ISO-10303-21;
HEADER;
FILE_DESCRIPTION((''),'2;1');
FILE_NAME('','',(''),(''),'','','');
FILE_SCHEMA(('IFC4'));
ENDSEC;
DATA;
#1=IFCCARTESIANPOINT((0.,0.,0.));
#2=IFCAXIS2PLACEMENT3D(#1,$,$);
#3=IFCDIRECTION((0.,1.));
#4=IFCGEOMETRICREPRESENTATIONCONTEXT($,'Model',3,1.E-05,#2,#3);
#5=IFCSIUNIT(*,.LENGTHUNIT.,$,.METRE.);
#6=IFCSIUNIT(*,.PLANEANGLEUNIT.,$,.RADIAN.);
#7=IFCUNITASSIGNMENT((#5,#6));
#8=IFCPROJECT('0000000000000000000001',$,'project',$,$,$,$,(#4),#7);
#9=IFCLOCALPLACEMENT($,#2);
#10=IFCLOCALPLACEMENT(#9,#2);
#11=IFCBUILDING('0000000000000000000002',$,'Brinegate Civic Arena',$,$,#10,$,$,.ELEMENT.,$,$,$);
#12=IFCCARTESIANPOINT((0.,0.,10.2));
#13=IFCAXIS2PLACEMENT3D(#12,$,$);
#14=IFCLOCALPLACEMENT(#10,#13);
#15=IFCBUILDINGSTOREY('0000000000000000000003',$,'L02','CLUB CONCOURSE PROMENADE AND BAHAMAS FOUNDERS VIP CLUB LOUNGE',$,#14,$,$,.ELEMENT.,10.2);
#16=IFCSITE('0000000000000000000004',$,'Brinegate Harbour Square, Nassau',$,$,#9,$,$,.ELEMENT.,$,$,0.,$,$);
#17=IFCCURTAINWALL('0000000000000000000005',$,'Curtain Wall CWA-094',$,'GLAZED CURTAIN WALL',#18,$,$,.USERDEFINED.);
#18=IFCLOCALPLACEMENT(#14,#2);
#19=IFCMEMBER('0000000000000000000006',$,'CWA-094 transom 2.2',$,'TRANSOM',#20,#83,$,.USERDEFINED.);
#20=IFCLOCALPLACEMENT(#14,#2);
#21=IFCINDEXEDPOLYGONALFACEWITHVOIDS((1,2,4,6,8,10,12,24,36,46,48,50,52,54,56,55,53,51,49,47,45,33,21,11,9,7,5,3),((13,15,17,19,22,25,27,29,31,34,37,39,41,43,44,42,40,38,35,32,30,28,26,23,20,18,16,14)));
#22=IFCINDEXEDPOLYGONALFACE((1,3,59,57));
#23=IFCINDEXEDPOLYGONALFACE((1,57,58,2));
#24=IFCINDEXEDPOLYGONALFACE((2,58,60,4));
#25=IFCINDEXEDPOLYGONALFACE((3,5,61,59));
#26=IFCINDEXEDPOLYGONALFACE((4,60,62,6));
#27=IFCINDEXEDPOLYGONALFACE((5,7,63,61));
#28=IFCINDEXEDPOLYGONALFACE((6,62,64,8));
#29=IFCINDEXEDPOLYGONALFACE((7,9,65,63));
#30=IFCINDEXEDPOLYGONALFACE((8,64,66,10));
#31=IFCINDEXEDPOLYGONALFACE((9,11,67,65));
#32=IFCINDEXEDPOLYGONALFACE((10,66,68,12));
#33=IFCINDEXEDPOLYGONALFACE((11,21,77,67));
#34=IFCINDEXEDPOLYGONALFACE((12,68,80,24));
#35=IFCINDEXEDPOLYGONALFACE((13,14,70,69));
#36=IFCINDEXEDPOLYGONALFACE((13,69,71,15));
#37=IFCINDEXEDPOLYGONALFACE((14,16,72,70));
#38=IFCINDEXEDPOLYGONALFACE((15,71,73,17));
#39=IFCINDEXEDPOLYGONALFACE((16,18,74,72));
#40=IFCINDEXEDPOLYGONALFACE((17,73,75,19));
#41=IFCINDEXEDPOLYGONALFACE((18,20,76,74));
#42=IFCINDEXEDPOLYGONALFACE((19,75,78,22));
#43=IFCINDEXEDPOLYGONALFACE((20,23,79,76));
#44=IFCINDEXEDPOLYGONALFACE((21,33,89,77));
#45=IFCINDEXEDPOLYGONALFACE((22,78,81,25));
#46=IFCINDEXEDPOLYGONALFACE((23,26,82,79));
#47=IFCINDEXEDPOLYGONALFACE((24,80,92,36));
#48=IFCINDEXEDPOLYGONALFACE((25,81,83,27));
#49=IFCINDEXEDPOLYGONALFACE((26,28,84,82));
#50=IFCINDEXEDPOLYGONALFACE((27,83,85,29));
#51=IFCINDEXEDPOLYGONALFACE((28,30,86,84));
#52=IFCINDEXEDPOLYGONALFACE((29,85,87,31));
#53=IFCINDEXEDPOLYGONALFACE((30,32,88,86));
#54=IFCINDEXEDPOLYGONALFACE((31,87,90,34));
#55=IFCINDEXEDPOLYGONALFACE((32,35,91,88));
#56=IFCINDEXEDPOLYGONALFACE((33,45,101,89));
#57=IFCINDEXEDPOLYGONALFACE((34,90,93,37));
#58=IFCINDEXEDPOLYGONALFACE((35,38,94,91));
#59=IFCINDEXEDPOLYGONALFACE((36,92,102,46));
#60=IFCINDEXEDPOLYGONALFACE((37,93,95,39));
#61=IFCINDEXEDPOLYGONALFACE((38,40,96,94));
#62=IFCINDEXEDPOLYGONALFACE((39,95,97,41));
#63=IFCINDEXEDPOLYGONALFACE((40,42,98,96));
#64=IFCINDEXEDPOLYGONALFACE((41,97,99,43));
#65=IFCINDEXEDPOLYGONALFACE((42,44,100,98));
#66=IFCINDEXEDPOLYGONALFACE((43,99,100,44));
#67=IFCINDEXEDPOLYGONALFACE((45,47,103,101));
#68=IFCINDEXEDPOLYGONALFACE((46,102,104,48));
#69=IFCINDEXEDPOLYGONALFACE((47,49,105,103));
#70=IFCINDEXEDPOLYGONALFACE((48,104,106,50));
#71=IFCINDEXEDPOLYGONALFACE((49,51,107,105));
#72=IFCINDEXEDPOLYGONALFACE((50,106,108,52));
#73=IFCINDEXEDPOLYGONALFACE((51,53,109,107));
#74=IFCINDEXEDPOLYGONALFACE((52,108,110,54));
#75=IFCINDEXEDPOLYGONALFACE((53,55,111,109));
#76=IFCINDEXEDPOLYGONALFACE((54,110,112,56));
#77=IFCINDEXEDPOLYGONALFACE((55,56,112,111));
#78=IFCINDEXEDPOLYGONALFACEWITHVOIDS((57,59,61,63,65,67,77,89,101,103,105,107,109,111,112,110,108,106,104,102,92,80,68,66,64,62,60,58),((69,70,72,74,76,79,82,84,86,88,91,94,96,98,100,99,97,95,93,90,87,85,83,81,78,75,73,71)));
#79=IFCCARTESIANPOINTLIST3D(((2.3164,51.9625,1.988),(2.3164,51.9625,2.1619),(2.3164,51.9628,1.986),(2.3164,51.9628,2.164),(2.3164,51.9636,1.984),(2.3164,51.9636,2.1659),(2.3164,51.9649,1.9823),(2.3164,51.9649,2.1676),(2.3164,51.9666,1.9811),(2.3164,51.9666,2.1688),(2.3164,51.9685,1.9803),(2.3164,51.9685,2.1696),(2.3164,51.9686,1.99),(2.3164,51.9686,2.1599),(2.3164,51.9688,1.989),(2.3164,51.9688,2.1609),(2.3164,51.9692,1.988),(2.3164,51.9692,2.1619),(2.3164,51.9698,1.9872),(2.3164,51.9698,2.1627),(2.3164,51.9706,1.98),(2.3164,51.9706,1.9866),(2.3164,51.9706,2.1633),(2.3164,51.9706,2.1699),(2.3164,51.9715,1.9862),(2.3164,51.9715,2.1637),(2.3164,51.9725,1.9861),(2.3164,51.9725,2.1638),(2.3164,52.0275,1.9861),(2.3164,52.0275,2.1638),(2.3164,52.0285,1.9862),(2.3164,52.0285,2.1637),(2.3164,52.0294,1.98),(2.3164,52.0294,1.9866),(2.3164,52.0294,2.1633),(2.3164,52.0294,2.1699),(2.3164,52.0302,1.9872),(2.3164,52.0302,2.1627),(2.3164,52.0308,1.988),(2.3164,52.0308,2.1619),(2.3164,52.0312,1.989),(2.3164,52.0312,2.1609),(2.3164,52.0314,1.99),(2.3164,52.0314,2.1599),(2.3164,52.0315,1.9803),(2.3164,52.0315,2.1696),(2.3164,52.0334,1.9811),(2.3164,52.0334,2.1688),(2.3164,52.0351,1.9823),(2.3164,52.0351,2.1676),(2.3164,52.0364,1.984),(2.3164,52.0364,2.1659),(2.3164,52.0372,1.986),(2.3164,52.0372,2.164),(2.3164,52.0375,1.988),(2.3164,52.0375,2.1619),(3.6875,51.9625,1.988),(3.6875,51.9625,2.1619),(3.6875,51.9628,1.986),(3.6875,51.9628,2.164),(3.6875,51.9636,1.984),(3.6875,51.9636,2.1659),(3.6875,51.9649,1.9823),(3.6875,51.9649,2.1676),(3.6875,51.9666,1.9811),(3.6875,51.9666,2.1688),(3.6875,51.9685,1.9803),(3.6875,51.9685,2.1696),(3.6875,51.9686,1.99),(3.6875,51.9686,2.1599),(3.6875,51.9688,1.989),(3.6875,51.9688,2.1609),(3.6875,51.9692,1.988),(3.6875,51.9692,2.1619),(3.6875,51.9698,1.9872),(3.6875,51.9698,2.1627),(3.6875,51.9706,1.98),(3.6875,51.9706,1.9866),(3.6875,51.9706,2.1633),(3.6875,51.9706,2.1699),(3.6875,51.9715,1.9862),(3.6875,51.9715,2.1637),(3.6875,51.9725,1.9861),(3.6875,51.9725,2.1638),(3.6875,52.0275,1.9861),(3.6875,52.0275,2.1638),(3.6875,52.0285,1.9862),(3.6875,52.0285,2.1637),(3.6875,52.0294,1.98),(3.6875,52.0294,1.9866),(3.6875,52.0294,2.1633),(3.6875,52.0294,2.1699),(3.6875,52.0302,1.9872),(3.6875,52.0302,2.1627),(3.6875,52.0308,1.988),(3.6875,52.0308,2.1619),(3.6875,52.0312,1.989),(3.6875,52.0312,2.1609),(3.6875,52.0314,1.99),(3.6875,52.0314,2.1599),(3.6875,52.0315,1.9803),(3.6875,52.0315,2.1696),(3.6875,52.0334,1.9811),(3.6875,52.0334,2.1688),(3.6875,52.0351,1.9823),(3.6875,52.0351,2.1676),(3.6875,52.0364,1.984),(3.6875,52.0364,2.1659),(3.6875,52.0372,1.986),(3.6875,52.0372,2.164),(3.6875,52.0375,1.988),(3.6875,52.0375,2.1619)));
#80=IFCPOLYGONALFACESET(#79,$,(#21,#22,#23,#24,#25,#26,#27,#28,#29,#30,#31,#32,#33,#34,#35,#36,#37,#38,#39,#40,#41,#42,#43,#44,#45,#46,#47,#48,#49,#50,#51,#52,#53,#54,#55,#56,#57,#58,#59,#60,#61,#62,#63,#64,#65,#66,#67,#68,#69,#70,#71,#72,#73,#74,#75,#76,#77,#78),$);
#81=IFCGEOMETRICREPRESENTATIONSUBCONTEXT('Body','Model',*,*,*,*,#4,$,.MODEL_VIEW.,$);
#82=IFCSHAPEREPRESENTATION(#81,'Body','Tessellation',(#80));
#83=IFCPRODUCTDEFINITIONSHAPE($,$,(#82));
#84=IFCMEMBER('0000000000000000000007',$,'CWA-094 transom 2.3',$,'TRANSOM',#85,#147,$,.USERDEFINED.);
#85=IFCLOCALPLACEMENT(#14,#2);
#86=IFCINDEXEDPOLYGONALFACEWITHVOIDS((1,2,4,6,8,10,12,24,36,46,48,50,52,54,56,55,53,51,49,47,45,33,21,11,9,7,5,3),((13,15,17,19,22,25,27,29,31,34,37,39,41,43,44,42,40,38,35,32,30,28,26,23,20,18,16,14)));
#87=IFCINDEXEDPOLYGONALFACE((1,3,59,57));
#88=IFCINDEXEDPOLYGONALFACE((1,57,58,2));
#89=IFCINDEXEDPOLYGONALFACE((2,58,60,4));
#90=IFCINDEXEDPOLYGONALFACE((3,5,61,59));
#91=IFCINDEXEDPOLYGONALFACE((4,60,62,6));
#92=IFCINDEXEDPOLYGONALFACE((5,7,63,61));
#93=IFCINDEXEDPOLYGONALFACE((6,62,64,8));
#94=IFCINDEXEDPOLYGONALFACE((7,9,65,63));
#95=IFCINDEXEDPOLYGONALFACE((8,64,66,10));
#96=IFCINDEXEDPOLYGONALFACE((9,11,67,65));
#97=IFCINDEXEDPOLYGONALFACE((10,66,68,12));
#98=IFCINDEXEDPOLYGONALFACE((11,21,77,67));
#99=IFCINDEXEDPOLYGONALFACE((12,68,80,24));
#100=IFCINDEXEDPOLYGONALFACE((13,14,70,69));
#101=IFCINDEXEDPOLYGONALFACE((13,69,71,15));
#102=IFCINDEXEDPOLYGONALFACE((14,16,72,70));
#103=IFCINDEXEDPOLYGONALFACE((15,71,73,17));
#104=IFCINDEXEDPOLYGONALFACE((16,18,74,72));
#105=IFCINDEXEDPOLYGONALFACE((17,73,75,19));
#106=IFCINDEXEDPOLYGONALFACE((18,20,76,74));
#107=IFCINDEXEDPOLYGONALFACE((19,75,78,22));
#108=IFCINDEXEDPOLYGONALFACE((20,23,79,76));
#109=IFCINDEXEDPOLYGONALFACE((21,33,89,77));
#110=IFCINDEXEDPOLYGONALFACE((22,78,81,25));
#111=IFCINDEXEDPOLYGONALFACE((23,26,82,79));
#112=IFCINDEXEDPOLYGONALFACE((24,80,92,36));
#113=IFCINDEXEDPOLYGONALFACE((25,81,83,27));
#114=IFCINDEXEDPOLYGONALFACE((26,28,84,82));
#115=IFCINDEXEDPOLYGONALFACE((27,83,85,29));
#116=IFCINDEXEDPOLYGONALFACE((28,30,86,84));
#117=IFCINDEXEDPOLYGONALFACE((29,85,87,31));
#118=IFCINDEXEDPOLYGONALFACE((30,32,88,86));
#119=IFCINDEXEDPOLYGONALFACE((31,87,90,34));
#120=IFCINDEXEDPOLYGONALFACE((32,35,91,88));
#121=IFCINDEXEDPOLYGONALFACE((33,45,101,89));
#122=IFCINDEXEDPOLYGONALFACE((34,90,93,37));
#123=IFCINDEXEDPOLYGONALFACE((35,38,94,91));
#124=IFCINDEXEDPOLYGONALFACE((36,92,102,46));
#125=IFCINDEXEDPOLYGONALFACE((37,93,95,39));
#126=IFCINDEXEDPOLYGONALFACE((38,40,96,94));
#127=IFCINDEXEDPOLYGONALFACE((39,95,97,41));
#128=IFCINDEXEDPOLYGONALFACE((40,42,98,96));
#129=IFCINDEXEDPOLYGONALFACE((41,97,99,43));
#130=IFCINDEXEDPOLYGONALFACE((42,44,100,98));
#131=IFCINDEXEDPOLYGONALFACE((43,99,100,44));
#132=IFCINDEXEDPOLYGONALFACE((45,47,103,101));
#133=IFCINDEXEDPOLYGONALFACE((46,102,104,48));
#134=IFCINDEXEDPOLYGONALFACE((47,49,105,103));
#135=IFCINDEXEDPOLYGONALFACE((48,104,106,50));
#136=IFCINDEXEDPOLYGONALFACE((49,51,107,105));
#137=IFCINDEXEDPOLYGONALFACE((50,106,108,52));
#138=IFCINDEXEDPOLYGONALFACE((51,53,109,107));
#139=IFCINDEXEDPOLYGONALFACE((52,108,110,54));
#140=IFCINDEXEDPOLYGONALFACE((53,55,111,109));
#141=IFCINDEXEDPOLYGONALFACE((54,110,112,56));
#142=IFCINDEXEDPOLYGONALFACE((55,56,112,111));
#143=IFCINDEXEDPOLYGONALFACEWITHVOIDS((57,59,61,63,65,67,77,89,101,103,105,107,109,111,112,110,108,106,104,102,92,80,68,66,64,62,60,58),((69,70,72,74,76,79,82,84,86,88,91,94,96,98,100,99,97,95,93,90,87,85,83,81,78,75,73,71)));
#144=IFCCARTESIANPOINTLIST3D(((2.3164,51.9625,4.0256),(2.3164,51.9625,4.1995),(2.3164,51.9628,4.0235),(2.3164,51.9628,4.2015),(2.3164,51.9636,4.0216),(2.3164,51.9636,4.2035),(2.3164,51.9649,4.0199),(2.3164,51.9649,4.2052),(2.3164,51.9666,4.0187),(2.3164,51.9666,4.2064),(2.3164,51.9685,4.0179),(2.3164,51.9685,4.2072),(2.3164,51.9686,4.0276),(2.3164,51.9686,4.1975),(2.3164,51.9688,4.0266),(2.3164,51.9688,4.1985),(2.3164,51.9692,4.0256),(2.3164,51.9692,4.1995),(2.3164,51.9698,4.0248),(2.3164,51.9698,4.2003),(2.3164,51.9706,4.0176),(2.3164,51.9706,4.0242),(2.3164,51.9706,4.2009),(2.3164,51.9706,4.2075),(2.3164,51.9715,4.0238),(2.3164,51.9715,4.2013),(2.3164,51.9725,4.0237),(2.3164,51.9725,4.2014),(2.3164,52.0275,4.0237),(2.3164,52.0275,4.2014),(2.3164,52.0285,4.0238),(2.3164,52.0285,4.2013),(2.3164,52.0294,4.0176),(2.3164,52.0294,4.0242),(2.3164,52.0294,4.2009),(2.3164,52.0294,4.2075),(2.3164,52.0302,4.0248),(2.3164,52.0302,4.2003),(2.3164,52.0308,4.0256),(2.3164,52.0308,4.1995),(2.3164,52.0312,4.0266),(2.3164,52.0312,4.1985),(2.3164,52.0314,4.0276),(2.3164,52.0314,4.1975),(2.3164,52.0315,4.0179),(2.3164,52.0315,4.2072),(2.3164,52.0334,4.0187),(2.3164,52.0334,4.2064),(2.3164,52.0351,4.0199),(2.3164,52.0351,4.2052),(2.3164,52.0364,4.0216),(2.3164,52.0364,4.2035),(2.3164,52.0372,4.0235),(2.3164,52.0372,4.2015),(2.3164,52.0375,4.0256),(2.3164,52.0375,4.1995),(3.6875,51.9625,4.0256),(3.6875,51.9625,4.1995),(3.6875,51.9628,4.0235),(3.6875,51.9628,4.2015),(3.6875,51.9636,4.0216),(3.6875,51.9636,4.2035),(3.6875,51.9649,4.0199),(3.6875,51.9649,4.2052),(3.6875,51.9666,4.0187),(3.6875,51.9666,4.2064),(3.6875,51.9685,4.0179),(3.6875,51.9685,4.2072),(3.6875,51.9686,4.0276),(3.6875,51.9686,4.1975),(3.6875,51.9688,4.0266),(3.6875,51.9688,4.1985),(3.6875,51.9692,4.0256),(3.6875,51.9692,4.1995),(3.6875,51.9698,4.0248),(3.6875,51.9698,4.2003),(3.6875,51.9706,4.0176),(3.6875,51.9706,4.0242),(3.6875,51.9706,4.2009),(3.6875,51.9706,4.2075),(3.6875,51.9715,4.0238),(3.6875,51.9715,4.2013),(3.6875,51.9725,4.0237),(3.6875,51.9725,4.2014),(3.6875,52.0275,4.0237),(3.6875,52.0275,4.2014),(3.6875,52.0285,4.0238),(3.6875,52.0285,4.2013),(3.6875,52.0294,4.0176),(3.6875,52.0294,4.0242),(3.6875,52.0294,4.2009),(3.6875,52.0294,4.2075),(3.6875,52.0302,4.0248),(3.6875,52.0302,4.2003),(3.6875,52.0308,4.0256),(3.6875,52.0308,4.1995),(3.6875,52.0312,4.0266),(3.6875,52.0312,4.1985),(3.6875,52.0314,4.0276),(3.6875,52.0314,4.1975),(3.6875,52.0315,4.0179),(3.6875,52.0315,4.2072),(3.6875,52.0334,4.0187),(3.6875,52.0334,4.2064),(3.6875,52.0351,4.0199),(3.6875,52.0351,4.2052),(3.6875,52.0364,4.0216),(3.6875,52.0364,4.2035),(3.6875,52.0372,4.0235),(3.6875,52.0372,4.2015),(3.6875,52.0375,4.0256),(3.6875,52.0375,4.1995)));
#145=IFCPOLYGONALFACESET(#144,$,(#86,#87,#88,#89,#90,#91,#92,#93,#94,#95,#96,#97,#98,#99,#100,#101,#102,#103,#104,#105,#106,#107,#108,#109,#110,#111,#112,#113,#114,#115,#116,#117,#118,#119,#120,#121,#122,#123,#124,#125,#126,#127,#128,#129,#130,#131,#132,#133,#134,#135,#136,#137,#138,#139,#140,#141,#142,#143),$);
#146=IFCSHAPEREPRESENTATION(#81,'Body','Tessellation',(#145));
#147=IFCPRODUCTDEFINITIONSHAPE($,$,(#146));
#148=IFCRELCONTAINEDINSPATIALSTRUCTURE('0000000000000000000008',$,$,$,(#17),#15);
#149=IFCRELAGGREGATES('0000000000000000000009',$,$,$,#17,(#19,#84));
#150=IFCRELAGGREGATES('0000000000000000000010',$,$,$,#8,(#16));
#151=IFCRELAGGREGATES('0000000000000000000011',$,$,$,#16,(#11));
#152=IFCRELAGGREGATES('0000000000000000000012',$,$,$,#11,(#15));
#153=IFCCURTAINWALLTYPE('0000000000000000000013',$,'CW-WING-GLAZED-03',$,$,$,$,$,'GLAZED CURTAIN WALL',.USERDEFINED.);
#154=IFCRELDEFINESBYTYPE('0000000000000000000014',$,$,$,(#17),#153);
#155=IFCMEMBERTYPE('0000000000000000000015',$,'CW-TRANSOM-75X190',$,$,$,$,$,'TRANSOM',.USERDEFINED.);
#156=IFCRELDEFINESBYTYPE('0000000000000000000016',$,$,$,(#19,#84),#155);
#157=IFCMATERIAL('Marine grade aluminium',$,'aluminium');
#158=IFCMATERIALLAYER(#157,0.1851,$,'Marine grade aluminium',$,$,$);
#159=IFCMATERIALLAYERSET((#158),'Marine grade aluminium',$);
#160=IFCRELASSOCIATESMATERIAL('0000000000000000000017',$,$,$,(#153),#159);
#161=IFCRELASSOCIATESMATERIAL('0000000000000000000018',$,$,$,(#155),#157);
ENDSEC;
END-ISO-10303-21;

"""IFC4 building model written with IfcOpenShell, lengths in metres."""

from ifc_helpers import new_model, si_unit, direction, frame, origin, origin_2d, place, context, subcontext, project, spatial, hollow_rectangle, extrude, material, layer, layer_set, material_profile, profile_set, type_object, element, aggregate, save


model = new_model("IFC4")

# Units and contexts
model_context = context("Model", 3, precision=1e-05, world=origin(), true_north=direction((0.0, 1.0)))
body_context = subcontext(model_context, "Body", "Model", "MODEL_VIEW")
ifc_project = project(units=[si_unit("LENGTHUNIT", "METRE"), si_unit("PLANEANGLEUNIT", "RADIAN")], contexts=[model_context])

# Site, building, storey
site_placement = place(None, origin())
site = spatial("IfcSite", under=ifc_project, at=site_placement, Name="Brinegate Harbour Square, Nassau", CompositionType="ELEMENT", RefElevation=0.0)
building_placement = place(site_placement, origin())
building = spatial("IfcBuilding", under=site, at=building_placement, Name="Brinegate Civic Arena", CompositionType="ELEMENT")
storey_placement = place(building_placement, frame((0.0, 0.0, 10.2)))
storey = spatial("IfcBuildingStorey", under=building, at=storey_placement, Name="L02", Description="CLUB CONCOURSE PROMENADE AND BAHAMAS FOUNDERS VIP CLUB LOUNGE", CompositionType="ELEMENT", Elevation=10.2)

# Curtain wall, members
ifc_material_1 = material(Name="Marine grade aluminium", Category="aluminium")
ifc_layer_1 = layer(ifc_material_1, 0.1851, Name="Marine grade aluminium")
ifc_layer_set_1 = layer_set([ifc_layer_1], Name="Marine grade aluminium")
curtain_wall_type = type_object("IfcCurtainWallType", Name="CW-WING-GLAZED-03", ElementType="GLAZED CURTAIN WALL", PredefinedType="USERDEFINED", material=ifc_layer_set_1)
curtain_wall_placement = place(storey_placement, origin())
curtain_wall = element("IfcCurtainWall", 1, at=curtain_wall_placement, inside=storey, type_object=curtain_wall_type, Name="Curtain Wall CWA-094", ObjectType="GLAZED CURTAIN WALL", PredefinedType="USERDEFINED")
ifc_material_profile_1 = material_profile(ifc_material_1, hollow_rectangle(XDim=0.075, YDim=0.1899, WallThickness=0.0061, InnerFilletRadius=0.0039, OuterFilletRadius=0.0081, at=origin_2d()), Name="TRN75X190")
ifc_profile_set_1 = profile_set([ifc_material_profile_1], Name="Marine grade aluminium")
member_type_1 = type_object("IfcMemberType", Name="CW-TRANSOM-75X190", ElementType="TRANSOM", PredefinedType="USERDEFINED", material=ifc_profile_set_1)
member_1_placement = place(storey_placement, frame((2.3164, 52.0, 2.075), z_axis=(1.0, 0.0, 0.0), x_axis=(0.0, 1.0, 0.0)))
member_1 = element("IfcMember", 2, at=member_1_placement, type_object=member_type_1, Name="CWA-094 transom 2.2", ObjectType="TRANSOM", PredefinedType="USERDEFINED", context=body_context, shape_type="SweptSolid", body=[
    extrude(hollow_rectangle(XDim=0.075, YDim=0.1899, WallThickness=0.0061, InnerFilletRadius=0.0039, OuterFilletRadius=0.0081, at=origin_2d()), origin(), (0.0, 0.0, 1.0), 1.3711),
])
member_2_placement = place(storey_placement, frame((2.3164, 52.0, 4.1125), z_axis=(1.0, 0.0, 0.0), x_axis=(0.0, 1.0, 0.0)))
member_2 = element("IfcMember", 3, at=member_2_placement, type_object=member_type_1, Name="CWA-094 transom 2.3", ObjectType="TRANSOM", PredefinedType="USERDEFINED", context=body_context, shape_type="SweptSolid", body=[
    extrude(hollow_rectangle(XDim=0.075, YDim=0.1899, WallThickness=0.0061, InnerFilletRadius=0.0039, OuterFilletRadius=0.0081, at=origin_2d()), origin(), (0.0, 0.0, 1.0), 1.3711),
])

aggregate(curtain_wall, [member_1, member_2])

save(model, "model.ifc")
